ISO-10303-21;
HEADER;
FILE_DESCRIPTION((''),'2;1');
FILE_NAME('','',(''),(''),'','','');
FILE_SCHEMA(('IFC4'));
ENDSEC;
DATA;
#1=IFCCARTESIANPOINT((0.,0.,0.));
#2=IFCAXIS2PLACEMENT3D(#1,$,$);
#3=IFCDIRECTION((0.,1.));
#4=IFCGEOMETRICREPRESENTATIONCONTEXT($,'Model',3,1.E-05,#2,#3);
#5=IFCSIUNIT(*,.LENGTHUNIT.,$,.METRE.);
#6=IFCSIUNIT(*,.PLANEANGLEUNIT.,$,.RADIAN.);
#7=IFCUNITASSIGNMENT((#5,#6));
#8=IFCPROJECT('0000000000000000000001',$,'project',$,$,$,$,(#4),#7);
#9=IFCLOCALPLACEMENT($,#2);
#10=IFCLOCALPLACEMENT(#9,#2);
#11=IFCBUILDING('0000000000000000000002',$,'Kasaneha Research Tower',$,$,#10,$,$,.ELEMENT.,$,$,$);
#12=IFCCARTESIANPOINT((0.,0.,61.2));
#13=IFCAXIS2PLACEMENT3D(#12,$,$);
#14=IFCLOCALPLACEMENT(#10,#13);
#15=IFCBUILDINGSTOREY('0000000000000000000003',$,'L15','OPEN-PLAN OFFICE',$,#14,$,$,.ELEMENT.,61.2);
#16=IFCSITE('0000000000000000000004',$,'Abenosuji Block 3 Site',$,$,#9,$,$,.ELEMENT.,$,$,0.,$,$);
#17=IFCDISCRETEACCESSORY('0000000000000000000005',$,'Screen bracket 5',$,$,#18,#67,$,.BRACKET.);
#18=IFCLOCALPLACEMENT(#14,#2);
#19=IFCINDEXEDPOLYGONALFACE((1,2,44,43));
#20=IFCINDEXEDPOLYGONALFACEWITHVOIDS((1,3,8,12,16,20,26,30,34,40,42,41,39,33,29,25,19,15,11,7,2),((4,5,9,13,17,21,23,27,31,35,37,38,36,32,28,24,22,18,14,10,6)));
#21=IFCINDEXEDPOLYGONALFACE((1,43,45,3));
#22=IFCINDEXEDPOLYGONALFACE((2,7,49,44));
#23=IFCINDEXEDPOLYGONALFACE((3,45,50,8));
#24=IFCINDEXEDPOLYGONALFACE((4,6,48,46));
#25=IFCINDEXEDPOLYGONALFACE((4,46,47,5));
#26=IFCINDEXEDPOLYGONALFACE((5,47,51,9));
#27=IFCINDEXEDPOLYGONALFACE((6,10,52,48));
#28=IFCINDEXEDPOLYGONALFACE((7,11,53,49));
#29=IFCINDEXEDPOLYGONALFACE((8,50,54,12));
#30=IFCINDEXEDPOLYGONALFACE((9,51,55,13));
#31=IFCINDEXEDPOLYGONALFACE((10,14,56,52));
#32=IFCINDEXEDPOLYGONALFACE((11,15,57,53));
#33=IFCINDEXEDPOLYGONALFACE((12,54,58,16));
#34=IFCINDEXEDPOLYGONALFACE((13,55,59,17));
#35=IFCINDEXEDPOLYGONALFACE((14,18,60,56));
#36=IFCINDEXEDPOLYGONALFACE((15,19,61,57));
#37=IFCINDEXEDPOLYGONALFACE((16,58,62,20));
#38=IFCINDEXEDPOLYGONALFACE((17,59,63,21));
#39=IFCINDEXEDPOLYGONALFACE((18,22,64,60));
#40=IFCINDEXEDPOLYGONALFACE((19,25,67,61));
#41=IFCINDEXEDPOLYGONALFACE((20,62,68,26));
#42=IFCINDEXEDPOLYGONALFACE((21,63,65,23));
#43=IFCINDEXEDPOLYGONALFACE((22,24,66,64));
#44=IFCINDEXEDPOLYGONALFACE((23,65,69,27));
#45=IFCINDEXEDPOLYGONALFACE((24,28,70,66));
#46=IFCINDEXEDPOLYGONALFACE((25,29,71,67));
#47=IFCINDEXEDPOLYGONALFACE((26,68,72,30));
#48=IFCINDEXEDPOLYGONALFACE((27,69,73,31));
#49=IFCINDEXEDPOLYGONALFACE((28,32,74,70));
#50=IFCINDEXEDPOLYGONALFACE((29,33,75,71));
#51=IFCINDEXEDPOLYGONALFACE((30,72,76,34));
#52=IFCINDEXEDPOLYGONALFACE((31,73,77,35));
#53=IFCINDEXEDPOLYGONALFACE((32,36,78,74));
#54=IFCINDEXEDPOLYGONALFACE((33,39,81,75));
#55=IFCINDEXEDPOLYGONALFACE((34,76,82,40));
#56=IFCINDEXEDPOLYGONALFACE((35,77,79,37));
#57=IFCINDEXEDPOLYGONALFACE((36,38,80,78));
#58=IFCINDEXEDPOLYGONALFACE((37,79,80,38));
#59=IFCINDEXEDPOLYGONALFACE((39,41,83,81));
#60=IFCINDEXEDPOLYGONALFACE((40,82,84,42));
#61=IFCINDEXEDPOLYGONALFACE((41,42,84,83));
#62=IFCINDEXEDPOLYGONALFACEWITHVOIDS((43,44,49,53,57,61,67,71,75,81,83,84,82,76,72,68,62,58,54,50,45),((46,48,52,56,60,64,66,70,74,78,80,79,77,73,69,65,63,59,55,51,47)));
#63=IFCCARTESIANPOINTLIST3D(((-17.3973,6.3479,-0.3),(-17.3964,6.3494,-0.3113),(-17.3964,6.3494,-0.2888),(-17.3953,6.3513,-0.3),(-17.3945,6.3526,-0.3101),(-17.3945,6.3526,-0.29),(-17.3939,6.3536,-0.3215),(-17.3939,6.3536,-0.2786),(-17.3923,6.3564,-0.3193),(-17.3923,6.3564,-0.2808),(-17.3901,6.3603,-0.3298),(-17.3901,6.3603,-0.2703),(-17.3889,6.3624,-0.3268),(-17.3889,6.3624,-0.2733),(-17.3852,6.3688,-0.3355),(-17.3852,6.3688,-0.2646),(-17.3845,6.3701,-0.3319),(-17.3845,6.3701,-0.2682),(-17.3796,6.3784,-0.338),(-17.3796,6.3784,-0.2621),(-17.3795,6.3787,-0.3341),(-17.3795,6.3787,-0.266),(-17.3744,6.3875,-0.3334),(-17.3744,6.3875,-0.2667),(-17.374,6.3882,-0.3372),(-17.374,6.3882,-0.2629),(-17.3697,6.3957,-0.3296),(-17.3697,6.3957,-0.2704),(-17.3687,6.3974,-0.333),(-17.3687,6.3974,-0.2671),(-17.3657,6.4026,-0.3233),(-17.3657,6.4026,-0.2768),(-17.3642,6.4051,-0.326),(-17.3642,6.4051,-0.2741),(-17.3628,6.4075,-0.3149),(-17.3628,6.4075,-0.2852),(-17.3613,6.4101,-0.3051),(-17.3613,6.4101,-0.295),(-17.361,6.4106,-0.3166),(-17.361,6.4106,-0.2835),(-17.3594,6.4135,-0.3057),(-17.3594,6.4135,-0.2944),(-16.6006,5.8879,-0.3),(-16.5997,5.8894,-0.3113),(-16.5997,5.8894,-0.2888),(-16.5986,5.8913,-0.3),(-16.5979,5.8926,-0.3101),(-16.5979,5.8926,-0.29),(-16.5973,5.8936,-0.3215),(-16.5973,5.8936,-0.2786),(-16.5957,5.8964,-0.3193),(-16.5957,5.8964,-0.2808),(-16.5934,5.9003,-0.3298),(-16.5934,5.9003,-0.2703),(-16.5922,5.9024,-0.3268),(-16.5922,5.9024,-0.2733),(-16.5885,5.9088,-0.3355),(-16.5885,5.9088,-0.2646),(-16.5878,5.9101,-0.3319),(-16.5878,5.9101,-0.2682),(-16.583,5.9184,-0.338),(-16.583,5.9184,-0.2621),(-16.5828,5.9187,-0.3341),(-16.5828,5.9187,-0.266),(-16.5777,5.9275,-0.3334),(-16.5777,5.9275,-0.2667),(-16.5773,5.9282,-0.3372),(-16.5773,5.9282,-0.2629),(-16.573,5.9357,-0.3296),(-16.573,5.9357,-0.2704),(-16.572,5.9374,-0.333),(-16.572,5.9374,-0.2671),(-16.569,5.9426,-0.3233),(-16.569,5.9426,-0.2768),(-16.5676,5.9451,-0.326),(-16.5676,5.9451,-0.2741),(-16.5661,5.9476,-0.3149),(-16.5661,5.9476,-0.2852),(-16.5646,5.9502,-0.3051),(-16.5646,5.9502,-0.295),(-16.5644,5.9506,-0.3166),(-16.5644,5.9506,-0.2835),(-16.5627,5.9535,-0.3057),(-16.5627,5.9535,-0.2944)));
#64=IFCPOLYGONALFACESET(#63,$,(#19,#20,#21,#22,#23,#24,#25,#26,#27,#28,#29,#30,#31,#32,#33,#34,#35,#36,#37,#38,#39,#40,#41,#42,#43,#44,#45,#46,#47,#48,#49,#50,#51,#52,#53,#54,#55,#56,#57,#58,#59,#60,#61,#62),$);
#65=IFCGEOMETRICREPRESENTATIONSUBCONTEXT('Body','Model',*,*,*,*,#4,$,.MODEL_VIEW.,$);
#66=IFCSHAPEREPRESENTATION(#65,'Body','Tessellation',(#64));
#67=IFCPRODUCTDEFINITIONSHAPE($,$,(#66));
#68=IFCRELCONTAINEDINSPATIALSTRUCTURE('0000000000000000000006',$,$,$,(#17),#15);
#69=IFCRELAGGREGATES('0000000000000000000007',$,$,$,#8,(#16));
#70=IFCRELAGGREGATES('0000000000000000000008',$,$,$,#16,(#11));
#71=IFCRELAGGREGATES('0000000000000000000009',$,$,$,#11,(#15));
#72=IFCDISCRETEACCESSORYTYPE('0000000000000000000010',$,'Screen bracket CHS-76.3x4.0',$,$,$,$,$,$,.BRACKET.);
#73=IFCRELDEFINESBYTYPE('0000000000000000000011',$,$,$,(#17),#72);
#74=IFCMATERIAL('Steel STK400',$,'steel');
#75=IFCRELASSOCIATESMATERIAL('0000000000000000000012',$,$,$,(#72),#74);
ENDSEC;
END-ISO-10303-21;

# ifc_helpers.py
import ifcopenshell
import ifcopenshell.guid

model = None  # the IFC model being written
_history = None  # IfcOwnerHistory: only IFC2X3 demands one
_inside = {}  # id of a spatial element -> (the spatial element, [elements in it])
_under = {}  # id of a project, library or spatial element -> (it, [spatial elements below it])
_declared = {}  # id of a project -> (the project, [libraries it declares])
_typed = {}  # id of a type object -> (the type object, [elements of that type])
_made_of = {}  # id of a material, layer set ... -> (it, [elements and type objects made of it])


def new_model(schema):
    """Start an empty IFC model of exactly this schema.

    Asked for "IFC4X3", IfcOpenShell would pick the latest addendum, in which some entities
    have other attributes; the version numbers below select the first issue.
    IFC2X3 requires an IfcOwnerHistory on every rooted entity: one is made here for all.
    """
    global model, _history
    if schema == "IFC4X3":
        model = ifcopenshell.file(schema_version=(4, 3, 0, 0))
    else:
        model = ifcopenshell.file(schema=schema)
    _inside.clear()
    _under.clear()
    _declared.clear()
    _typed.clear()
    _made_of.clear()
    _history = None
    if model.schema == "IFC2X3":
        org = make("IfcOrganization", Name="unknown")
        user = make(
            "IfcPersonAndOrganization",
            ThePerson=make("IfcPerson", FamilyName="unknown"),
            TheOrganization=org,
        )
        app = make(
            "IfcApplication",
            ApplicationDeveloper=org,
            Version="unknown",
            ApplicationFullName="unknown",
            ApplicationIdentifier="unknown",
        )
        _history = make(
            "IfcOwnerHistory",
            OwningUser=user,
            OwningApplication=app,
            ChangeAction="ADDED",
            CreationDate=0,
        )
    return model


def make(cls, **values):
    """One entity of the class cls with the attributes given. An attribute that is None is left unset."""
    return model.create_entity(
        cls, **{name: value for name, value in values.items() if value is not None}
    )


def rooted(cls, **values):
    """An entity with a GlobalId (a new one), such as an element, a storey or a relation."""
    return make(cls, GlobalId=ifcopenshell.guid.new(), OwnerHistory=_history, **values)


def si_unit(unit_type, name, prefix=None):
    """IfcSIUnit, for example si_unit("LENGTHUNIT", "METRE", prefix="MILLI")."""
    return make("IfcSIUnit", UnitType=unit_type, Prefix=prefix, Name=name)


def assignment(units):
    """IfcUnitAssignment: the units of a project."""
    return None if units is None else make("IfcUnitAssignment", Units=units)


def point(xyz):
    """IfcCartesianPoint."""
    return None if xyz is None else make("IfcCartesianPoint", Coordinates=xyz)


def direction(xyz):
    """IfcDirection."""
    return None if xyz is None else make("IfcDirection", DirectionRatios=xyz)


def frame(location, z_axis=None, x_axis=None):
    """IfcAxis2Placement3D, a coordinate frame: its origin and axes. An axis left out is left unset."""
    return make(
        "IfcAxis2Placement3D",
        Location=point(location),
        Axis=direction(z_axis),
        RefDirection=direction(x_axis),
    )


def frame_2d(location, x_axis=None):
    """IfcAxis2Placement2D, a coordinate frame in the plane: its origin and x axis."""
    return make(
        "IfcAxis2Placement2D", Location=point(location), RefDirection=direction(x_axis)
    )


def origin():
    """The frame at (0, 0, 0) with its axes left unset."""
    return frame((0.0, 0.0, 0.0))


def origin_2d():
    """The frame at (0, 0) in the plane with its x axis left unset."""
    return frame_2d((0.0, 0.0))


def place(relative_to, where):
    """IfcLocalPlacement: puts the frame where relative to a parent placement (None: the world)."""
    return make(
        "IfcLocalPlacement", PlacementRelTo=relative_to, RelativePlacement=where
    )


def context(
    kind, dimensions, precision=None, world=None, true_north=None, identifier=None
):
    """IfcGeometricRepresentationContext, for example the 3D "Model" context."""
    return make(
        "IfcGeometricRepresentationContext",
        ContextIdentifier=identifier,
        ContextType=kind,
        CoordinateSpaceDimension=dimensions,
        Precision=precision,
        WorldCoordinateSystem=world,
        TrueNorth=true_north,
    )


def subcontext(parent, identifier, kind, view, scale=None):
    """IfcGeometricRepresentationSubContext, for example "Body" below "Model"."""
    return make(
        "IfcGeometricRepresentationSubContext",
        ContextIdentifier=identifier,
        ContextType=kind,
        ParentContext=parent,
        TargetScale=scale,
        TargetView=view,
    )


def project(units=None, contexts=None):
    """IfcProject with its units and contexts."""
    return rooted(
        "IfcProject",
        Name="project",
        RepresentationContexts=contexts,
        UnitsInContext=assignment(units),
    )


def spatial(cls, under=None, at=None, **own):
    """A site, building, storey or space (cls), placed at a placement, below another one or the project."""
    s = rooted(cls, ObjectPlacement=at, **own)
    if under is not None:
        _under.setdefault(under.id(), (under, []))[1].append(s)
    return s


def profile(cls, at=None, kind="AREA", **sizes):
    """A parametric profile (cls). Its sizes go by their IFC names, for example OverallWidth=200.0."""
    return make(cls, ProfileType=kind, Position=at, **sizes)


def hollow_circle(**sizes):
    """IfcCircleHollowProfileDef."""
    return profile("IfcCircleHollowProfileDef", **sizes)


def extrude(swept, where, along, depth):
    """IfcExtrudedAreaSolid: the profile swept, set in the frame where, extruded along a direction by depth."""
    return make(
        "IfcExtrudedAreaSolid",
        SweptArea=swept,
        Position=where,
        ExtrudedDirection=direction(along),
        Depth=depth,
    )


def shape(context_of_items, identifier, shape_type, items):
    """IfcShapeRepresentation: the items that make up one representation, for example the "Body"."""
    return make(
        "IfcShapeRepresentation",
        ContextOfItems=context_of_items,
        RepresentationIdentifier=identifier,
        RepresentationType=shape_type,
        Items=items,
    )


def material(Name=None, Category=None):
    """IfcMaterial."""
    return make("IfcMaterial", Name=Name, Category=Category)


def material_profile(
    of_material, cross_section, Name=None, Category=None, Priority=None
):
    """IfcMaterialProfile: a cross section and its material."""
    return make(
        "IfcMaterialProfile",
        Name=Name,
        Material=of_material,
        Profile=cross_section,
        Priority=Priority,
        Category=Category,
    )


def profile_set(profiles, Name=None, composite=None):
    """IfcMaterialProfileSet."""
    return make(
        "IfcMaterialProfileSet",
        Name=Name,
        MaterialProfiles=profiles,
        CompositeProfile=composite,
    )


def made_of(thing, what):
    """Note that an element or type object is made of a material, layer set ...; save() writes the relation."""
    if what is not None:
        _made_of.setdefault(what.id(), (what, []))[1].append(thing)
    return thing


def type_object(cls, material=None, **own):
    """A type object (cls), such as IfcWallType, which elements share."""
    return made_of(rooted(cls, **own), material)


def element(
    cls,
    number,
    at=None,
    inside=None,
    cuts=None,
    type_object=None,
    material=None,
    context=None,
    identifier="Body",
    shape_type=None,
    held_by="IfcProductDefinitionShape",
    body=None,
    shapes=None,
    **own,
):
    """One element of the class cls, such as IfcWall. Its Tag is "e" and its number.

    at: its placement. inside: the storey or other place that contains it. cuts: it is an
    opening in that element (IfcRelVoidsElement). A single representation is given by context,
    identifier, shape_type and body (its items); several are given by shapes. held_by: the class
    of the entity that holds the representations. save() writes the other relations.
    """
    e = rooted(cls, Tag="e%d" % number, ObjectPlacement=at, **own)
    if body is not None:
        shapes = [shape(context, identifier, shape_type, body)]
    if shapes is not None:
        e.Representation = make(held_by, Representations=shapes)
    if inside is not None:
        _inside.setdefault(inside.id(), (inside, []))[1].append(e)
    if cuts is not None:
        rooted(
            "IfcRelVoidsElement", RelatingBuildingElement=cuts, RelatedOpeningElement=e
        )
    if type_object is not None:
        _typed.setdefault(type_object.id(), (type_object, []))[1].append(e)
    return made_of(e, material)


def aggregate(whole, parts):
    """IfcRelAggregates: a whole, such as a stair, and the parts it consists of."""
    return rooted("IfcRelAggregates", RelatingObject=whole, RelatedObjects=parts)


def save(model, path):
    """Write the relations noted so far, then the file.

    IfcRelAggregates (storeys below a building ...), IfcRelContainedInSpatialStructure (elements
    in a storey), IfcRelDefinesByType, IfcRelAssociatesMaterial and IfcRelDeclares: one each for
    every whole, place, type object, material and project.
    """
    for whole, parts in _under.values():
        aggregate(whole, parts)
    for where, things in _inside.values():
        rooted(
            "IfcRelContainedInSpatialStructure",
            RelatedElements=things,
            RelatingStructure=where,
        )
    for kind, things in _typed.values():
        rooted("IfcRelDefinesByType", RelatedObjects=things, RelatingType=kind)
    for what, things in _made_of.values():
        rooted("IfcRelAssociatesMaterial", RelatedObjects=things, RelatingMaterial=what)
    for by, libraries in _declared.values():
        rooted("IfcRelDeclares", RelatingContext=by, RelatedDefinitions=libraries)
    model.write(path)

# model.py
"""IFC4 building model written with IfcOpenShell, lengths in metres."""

from ifc_helpers import new_model, si_unit, direction, frame, origin, origin_2d, place, context, subcontext, project, spatial, hollow_circle, extrude, material, material_profile, profile_set, type_object, element, save


model = new_model("IFC4")

# Units and contexts
model_context = context("Model", 3, precision=1e-05, world=origin(), true_north=direction((0.0, 1.0)))
body_context = subcontext(model_context, "Body", "Model", "MODEL_VIEW")
ifc_project = project(units=[si_unit("LENGTHUNIT", "METRE"), si_unit("PLANEANGLEUNIT", "RADIAN")], contexts=[model_context])

# Site, building, storey
site_placement = place(None, origin())
site = spatial("IfcSite", under=ifc_project, at=site_placement, Name="Abenosuji Block 3 Site", CompositionType="ELEMENT", RefElevation=0.0)
building_placement = place(site_placement, origin())
building = spatial("IfcBuilding", under=site, at=building_placement, Name="Kasaneha Research Tower", CompositionType="ELEMENT")
storey_placement = place(building_placement, frame((0.0, 0.0, 61.2)))
storey = spatial("IfcBuildingStorey", under=building, at=storey_placement, Name="L15", Description="OPEN-PLAN OFFICE", CompositionType="ELEMENT", Elevation=61.2)

# Discrete accessory
ifc_material_1 = material(Name="Steel STK400", Category="steel")
ifc_material_profile_1 = material_profile(ifc_material_1, hollow_circle(Radius=0.0381, WallThickness=0.0039, at=origin_2d()), Name="CHS-76.3x4.0")
ifc_profile_set_1 = profile_set([ifc_material_profile_1], Name="Steel STK400")
discrete_accessory_type = type_object("IfcDiscreteAccessoryType", Name="Screen bracket CHS-76.3x4.0", PredefinedType="BRACKET", material=ifc_profile_set_1)
for number, where, z_axis, x_axis, name in (
    (1, (-16.5815, 5.9209, -0.3), (-0.866013, 0.500021, 0.0), (-0.500021, -0.866013, 0.0), "Screen bracket 5"),
):
    element("IfcDiscreteAccessory", number, at=place(storey_placement, frame(where, z_axis=z_axis, x_axis=x_axis)), inside=storey, type_object=discrete_accessory_type, Name=name, PredefinedType="BRACKET", context=body_context, shape_type="SweptSolid", body=[
        extrude(hollow_circle(Radius=0.0381, WallThickness=0.0039, at=origin_2d()), origin(), (0.0, 0.0, 1.0), 0.9199),
    ])

save(model, "model.ifc")
